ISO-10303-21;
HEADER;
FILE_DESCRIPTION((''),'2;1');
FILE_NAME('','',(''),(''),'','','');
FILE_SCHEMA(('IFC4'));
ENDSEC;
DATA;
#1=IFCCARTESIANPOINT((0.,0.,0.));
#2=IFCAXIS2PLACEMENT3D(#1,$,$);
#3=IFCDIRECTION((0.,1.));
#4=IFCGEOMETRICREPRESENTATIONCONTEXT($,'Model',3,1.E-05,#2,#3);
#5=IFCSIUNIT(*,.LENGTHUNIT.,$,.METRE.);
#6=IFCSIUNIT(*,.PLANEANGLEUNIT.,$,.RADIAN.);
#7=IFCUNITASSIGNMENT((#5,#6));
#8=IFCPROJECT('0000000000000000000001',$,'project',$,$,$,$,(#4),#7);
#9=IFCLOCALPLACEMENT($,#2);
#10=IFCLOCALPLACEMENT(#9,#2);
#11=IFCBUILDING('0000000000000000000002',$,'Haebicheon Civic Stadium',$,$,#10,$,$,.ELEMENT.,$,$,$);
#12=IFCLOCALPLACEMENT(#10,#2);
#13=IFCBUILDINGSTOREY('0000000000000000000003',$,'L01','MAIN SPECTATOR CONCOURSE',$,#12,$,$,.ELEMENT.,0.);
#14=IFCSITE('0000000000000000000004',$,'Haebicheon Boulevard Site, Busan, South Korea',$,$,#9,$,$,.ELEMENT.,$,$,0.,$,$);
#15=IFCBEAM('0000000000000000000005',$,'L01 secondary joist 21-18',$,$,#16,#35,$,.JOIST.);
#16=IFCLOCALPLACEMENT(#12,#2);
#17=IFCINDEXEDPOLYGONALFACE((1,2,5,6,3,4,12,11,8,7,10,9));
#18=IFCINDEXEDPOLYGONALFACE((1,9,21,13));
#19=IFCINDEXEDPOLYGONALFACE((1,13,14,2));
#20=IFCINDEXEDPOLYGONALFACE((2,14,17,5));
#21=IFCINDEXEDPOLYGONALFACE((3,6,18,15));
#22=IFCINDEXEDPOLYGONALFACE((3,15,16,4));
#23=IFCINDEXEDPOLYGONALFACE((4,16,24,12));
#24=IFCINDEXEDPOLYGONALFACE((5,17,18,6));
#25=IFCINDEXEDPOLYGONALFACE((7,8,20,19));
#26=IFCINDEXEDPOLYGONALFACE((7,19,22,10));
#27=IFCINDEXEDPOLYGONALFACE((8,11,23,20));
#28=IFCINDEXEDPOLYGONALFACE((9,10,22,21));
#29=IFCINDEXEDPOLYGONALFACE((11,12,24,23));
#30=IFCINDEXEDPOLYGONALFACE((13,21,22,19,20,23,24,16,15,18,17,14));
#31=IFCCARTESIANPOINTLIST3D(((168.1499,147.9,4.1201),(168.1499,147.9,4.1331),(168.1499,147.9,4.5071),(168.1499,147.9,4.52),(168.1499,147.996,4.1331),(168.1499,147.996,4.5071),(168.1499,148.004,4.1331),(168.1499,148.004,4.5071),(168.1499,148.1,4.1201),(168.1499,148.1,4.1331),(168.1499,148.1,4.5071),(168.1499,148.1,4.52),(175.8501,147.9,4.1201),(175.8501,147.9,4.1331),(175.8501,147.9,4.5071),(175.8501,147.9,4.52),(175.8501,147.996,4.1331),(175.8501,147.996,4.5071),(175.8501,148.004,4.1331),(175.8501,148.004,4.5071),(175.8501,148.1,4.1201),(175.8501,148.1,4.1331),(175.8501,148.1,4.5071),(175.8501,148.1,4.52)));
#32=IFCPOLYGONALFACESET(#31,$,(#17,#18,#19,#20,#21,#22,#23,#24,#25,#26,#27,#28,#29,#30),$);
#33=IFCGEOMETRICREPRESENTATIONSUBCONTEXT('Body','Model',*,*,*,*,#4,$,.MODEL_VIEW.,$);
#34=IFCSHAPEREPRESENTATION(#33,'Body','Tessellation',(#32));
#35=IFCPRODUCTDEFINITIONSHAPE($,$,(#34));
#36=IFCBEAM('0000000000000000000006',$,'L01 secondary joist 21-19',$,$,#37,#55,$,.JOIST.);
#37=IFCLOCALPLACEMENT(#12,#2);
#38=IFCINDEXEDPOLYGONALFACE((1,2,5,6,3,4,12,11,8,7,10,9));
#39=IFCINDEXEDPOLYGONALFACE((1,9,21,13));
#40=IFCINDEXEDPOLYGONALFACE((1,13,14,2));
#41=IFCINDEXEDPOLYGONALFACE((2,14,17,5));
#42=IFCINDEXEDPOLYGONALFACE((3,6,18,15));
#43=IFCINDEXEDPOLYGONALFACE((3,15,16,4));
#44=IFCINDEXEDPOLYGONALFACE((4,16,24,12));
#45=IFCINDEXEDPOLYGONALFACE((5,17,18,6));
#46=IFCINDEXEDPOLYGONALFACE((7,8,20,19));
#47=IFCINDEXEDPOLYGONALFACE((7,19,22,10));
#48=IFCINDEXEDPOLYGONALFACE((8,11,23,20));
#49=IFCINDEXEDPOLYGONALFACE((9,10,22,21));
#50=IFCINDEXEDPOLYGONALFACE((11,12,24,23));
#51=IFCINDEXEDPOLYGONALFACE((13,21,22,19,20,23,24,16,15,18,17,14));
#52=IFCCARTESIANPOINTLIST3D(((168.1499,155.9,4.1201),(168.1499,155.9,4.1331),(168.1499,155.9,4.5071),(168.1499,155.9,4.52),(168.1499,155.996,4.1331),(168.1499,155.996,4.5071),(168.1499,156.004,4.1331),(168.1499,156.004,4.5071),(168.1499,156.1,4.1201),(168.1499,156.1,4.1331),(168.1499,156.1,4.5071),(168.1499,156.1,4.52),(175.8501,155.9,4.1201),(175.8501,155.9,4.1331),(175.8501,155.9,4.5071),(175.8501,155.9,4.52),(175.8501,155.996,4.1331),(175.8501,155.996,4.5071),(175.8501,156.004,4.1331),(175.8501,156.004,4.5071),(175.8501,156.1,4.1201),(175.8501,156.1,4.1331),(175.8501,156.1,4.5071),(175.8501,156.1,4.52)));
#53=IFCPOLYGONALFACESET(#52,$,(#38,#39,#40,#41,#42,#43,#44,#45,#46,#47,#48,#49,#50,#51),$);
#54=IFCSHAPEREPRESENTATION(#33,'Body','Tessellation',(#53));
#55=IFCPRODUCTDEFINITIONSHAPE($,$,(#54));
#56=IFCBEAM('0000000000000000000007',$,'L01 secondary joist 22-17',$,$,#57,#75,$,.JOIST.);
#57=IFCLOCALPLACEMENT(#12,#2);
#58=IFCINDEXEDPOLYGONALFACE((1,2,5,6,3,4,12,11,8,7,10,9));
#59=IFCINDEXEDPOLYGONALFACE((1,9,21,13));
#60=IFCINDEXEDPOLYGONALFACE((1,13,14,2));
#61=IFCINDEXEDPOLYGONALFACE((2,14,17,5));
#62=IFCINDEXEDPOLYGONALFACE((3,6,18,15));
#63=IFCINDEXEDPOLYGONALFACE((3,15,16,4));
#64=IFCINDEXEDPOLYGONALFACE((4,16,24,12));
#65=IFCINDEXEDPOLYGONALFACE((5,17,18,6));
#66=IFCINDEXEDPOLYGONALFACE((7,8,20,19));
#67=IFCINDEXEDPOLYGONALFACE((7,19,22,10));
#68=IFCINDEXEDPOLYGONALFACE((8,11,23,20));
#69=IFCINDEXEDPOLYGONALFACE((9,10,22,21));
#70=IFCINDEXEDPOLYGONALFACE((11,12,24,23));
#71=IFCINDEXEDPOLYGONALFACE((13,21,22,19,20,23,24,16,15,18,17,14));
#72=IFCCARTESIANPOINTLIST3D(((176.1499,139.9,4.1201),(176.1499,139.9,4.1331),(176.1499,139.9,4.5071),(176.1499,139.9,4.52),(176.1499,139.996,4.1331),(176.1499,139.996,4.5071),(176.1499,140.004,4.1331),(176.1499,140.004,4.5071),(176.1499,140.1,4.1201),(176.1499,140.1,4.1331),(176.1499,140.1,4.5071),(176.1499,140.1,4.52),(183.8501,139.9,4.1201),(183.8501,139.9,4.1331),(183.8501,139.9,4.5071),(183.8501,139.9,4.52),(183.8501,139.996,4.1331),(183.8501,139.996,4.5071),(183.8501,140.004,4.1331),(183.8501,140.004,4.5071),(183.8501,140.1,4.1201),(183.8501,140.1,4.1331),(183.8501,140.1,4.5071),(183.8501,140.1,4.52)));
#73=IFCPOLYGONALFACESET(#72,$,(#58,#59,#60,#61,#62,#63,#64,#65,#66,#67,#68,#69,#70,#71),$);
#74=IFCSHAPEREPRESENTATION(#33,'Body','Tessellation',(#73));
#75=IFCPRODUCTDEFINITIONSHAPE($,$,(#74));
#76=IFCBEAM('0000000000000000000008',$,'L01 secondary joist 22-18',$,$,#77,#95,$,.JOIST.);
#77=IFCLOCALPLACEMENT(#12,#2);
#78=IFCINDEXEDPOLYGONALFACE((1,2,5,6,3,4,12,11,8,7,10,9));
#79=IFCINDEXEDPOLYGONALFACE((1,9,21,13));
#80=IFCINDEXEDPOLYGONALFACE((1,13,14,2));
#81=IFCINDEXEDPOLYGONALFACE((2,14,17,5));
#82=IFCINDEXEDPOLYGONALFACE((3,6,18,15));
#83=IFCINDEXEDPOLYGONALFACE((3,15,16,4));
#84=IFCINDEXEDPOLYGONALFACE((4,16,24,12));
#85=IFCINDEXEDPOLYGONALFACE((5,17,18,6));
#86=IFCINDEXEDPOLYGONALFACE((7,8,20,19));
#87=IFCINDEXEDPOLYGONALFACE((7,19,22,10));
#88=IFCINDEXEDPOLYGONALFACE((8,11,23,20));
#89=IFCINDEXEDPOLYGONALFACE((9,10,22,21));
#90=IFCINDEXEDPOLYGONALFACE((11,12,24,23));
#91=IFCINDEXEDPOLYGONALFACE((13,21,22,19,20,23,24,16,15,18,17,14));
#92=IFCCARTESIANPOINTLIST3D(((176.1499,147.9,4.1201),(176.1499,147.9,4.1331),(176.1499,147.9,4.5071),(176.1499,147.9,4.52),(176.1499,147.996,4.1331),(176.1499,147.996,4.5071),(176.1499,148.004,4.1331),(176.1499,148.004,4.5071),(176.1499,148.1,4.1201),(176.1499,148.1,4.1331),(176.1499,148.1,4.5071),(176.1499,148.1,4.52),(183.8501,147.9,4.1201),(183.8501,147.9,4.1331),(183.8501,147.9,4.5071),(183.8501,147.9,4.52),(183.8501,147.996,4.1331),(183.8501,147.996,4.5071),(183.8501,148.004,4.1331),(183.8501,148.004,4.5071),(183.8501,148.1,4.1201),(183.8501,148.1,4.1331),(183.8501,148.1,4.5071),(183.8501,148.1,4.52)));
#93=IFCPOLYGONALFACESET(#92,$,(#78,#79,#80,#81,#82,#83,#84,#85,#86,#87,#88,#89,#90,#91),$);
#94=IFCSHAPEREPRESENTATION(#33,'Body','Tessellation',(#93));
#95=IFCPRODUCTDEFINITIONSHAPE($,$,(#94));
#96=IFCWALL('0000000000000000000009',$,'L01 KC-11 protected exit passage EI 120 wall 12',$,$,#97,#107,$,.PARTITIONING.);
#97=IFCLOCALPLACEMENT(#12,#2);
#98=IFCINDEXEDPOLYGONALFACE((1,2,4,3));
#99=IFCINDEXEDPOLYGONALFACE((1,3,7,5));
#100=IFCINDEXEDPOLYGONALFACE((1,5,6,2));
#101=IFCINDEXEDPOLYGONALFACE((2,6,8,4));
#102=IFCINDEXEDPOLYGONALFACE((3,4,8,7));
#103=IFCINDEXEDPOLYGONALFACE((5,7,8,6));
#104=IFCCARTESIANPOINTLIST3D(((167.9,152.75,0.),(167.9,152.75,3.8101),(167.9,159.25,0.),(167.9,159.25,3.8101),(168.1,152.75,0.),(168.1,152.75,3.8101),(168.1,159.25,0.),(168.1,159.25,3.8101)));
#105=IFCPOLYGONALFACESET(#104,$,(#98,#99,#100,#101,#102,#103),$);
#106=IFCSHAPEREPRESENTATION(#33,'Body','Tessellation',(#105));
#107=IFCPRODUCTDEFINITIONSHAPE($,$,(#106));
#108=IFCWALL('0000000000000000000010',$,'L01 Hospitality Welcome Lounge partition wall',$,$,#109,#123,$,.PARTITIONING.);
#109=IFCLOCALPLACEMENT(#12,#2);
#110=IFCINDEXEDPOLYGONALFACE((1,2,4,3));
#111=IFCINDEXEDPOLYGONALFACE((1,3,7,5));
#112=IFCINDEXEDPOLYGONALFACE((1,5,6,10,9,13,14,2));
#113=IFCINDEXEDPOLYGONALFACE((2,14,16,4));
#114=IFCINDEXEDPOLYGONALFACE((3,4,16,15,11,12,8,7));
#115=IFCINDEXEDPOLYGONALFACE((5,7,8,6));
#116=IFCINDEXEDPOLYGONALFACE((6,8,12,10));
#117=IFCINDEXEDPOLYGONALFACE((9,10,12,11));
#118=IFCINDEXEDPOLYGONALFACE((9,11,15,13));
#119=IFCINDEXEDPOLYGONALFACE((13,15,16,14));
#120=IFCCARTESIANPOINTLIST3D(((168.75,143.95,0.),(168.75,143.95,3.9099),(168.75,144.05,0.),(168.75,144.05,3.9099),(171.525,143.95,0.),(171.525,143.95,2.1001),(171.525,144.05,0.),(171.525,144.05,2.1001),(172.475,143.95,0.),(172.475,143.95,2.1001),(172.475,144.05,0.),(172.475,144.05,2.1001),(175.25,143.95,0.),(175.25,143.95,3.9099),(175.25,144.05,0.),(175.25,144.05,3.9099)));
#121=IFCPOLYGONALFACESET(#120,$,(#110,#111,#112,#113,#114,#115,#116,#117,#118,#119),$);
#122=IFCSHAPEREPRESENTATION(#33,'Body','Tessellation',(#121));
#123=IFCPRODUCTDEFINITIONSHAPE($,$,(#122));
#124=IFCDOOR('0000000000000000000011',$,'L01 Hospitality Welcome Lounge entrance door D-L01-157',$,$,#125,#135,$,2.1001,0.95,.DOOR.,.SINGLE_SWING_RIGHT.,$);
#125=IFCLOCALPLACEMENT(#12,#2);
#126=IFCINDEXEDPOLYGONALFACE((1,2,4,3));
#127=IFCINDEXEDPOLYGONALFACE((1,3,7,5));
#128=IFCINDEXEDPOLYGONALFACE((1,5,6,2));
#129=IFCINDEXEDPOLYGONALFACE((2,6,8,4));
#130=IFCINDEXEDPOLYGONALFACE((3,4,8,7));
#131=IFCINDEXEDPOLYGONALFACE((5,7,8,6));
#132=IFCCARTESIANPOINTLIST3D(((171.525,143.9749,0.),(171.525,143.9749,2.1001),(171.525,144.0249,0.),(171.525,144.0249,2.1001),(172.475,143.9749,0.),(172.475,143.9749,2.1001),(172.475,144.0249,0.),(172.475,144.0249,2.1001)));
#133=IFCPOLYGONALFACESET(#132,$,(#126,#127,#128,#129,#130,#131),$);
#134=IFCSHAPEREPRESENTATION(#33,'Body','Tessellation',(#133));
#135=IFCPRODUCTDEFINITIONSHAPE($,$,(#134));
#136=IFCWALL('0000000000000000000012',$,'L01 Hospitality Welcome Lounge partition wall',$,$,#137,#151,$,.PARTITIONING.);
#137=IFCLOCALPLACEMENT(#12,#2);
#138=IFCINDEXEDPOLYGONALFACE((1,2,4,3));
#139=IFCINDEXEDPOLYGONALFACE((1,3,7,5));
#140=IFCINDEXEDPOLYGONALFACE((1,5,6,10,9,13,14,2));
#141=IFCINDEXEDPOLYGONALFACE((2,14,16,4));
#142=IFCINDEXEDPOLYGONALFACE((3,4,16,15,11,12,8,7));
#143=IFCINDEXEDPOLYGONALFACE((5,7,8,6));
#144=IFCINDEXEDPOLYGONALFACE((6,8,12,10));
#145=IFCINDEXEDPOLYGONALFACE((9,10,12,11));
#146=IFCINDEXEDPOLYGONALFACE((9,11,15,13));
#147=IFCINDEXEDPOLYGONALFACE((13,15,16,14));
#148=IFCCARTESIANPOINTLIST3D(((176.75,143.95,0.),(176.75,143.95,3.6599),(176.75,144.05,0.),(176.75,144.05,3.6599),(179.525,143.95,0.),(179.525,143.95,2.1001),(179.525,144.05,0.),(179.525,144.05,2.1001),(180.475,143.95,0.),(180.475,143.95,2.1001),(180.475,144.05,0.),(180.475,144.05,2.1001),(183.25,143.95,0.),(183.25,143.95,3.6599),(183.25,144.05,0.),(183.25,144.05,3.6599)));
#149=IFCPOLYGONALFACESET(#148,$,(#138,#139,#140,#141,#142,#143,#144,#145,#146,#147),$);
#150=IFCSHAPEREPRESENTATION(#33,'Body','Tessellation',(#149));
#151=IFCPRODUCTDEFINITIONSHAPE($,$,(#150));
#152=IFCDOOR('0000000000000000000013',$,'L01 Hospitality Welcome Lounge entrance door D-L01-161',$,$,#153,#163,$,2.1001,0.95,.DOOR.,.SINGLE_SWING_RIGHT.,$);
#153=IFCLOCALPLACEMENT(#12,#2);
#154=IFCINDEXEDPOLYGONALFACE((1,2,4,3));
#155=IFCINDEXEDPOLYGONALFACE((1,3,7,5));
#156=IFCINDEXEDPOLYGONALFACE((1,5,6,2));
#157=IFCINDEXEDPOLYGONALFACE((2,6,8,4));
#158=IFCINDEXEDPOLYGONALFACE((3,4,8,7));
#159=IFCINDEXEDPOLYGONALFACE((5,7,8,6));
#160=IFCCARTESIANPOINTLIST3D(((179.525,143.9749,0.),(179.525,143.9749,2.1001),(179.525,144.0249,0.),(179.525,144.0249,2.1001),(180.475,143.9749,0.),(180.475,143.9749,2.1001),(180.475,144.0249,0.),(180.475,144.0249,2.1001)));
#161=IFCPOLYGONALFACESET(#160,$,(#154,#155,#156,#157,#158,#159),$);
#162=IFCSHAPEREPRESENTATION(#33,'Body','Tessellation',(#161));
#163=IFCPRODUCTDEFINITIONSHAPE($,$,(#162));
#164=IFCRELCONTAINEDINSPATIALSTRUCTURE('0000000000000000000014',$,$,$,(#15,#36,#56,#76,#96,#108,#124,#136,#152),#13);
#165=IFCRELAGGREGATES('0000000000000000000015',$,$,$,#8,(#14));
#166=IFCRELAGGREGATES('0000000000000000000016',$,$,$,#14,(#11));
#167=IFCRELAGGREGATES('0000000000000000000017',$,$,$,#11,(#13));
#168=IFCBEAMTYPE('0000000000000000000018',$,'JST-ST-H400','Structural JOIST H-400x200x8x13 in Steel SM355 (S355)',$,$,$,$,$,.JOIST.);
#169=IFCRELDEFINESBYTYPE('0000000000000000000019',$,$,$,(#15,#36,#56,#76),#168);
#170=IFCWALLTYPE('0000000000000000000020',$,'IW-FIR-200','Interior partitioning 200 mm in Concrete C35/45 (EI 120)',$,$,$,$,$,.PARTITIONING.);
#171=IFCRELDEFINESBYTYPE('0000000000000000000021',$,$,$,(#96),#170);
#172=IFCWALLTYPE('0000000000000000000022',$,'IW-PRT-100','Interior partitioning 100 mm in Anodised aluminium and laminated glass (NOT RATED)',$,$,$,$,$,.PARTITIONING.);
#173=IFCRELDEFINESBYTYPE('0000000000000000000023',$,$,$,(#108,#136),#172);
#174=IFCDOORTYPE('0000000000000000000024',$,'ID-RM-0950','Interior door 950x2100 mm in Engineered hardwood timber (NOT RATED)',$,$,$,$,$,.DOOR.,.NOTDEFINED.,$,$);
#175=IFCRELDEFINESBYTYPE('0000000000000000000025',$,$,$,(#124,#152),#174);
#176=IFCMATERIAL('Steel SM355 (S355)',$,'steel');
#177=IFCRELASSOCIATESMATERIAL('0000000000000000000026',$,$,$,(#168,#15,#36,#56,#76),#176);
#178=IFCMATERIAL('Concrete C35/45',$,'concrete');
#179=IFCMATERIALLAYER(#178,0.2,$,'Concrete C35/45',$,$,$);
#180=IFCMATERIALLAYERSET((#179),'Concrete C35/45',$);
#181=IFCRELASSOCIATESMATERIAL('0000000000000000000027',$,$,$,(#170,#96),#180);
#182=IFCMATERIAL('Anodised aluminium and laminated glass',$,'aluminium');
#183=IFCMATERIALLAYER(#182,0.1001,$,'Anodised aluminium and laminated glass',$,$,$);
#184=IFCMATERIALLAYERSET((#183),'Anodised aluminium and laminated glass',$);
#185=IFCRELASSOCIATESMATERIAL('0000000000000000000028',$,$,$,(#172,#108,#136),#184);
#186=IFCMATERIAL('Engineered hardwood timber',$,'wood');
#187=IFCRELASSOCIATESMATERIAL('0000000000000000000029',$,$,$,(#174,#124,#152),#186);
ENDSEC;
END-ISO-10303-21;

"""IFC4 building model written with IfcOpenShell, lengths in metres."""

from ifc_helpers import new_model, si_unit, direction, frame, frame_2d, origin, origin_2d, place, context, subcontext, project, spatial, rectangle, i_section, extrude, material, layer, layer_set, material_profile, profile_set, type_object, element, fill, save


model = new_model("IFC4")

# Units and contexts
model_context = context("Model", 3, precision=1e-05, world=origin(), true_north=direction((0.0, 1.0)))
body_context = subcontext(model_context, "Body", "Model", "MODEL_VIEW")
ifc_project = project(units=[si_unit("LENGTHUNIT", "METRE"), si_unit("PLANEANGLEUNIT", "RADIAN")], contexts=[model_context])

# Site, building, storey
site_placement = place(None, origin())
site = spatial("IfcSite", under=ifc_project, at=site_placement, Name="Haebicheon Boulevard Site, Busan, South Korea", CompositionType="ELEMENT", RefElevation=0.0)
building_placement = place(site_placement, origin())
building = spatial("IfcBuilding", under=site, at=building_placement, Name="Haebicheon Civic Stadium", CompositionType="ELEMENT")
storey_placement = place(building_placement, origin())
storey = spatial("IfcBuildingStorey", under=building, at=storey_placement, Name="L01", Description="MAIN SPECTATOR CONCOURSE", CompositionType="ELEMENT", Elevation=0.0)

# Beams
ifc_material_1 = material(Name="Steel SM355 (S355)", Category="steel")
ifc_material_profile_1 = material_profile(ifc_material_1, i_section(OverallWidth=0.2, OverallDepth=0.3999, WebThickness=0.0081, FlangeThickness=0.0129, at=origin_2d()), Name="H-400x200x8x13")
ifc_profile_set_1 = profile_set([ifc_material_profile_1], Name="Steel SM355 (S355)")
beam_type_1 = type_object("IfcBeamType", Name="JST-ST-H400", Description="Structural JOIST H-400x200x8x13 in Steel SM355 (S355)", PredefinedType="JOIST", material=ifc_profile_set_1)
for number, where, z_axis, x_axis, name in (
    (1, (168.1499, 148.0, 4.3201), (1.0, 0.0, 0.0), (0.0, 1.0, 0.0), "L01 secondary joist 21-18"),
    (2, (168.1499, 156.0, 4.3201), (1.0, 0.0, 0.0), (0.0, 1.0, 0.0), "L01 secondary joist 21-19"),
    (3, (176.1499, 140.0, 4.3201), (1.0, 0.0, 0.0), (0.0, 1.0, 0.0), "L01 secondary joist 22-17"),
    (4, (176.1499, 148.0, 4.3201), (1.0, 0.0, 0.0), (0.0, 1.0, 0.0), "L01 secondary joist 22-18"),
):
    element("IfcBeam", number, at=place(storey_placement, frame(where, z_axis=z_axis, x_axis=x_axis)), inside=storey, type_object=beam_type_1, material=ifc_profile_set_1, Name=name, PredefinedType="JOIST", context=body_context, shape_type="SweptSolid", body=[
        extrude(i_section(OverallWidth=0.2, OverallDepth=0.3999, WebThickness=0.0081, FlangeThickness=0.0129, at=origin_2d()), origin(), (0.0, 0.0, 1.0), 7.7002),
    ])

# Wall
ifc_material_2 = material(Name="Concrete C35/45", Category="concrete")
ifc_layer_1 = layer(ifc_material_2, 0.2, Name="Concrete C35/45")
ifc_layer_set_1 = layer_set([ifc_layer_1], Name="Concrete C35/45")
wall_type_1 = type_object("IfcWallType", Name="IW-FIR-200", Description="Interior partitioning 200 mm in Concrete C35/45 (EI 120)", PredefinedType="PARTITIONING", material=ifc_layer_set_1)
wall_1_placement = place(storey_placement, frame((168.0, 152.75, 0.0), z_axis=(0.0, 0.0, 1.0), x_axis=(0.0, 1.0, 0.0)))
element("IfcWall", 5, at=wall_1_placement, inside=storey, type_object=wall_type_1, material=ifc_layer_set_1, Name="L01 KC-11 protected exit passage EI 120 wall 12", PredefinedType="PARTITIONING", context=body_context, shape_type="SweptSolid", body=[
    extrude(rectangle(XDim=6.5, YDim=0.2, at=frame_2d((3.25, 0.0))), origin(), (0.0, 0.0, 1.0), 3.8101),
])

# Walls, openings, doors
ifc_material_3 = material(Name="Anodised aluminium and laminated glass", Category="aluminium")
ifc_layer_2 = layer(ifc_material_3, 0.1001, Name="Anodised aluminium and laminated glass")
ifc_layer_set_2 = layer_set([ifc_layer_2], Name="Anodised aluminium and laminated glass")
wall_type_2 = type_object("IfcWallType", Name="IW-PRT-100", Description="Interior partitioning 100 mm in Anodised aluminium and laminated glass (NOT RATED)", PredefinedType="PARTITIONING", material=ifc_layer_set_2)
wall_2_placement = place(storey_placement, frame((168.75, 144.0, 0.0), z_axis=(0.0, 0.0, 1.0), x_axis=(1.0, 0.0, 0.0)))
wall_2 = element("IfcWall", 6, at=wall_2_placement, inside=storey, type_object=wall_type_2, material=ifc_layer_set_2, Name="L01 Hospitality Welcome Lounge partition wall", PredefinedType="PARTITIONING", context=body_context, shape_type="SweptSolid", body=[
    extrude(rectangle(XDim=6.5, YDim=0.1001, at=frame_2d((3.25, 0.0))), origin(), (0.0, 0.0, 1.0), 3.9099),
])
opening_1_placement = place(wall_2_placement, frame((2.7749, 0.0, 0.0)))
opening_1 = element("IfcOpeningElement", 7, at=opening_1_placement, cuts=wall_2, PredefinedType="OPENING", context=body_context, shape_type="SweptSolid", body=[
    extrude(rectangle(XDim=0.95, YDim=2.1001, at=frame_2d((0.4751, 1.05))), frame((0.0, 0.0601, 0.0), z_axis=(0.0, -1.0, 0.0), x_axis=(1.0, 0.0, 0.0)), (0.0, 0.0, 1.0), 0.1201),
])
ifc_material_4 = material(Name="Engineered hardwood timber", Category="wood")
door_type = type_object("IfcDoorType", Name="ID-RM-0950", Description="Interior door 950x2100 mm in Engineered hardwood timber (NOT RATED)", OperationType="NOTDEFINED", PredefinedType="DOOR", material=ifc_material_4)
door_1_placement = place(opening_1_placement, origin())
door_1 = element("IfcDoor", 8, at=door_1_placement, inside=storey, type_object=door_type, material=ifc_material_4, Name="L01 Hospitality Welcome Lounge entrance door D-L01-157", OperationType="SINGLE_SWING_RIGHT", OverallHeight=2.1001, OverallWidth=0.95, PredefinedType="DOOR", context=body_context, shape_type="SweptSolid", body=[
    extrude(rectangle(XDim=0.95, YDim=2.1001, at=frame_2d((0.4751, 1.05))), frame((0.0, 0.0249, 0.0), z_axis=(0.0, -1.0, 0.0), x_axis=(1.0, 0.0, 0.0)), (0.0, 0.0, 1.0), 0.05),
])
fill(opening_1, door_1)
wall_3_placement = place(storey_placement, frame((176.75, 144.0, 0.0), z_axis=(0.0, 0.0, 1.0), x_axis=(1.0, 0.0, 0.0)))
wall_3 = element("IfcWall", 9, at=wall_3_placement, inside=storey, type_object=wall_type_2, material=ifc_layer_set_2, Name="L01 Hospitality Welcome Lounge partition wall", PredefinedType="PARTITIONING", context=body_context, shape_type="SweptSolid", body=[
    extrude(rectangle(XDim=6.5, YDim=0.1001, at=frame_2d((3.25, 0.0))), origin(), (0.0, 0.0, 1.0), 3.6599),
])
opening_2_placement = place(wall_3_placement, frame((2.7749, 0.0, 0.0)))
opening_2 = element("IfcOpeningElement", 10, at=opening_2_placement, cuts=wall_3, PredefinedType="OPENING", context=body_context, shape_type="SweptSolid", body=[
    extrude(rectangle(XDim=0.95, YDim=2.1001, at=frame_2d((0.4751, 1.05))), frame((0.0, 0.0601, 0.0), z_axis=(0.0, -1.0, 0.0), x_axis=(1.0, 0.0, 0.0)), (0.0, 0.0, 1.0), 0.1201),
])
door_2_placement = place(opening_2_placement, origin())
door_2 = element("IfcDoor", 11, at=door_2_placement, inside=storey, type_object=door_type, material=ifc_material_4, Name="L01 Hospitality Welcome Lounge entrance door D-L01-161", OperationType="SINGLE_SWING_RIGHT", OverallHeight=2.1001, OverallWidth=0.95, PredefinedType="DOOR", context=body_context, shape_type="SweptSolid", body=[
    extrude(rectangle(XDim=0.95, YDim=2.1001, at=frame_2d((0.4751, 1.05))), frame((0.0, 0.0249, 0.0), z_axis=(0.0, -1.0, 0.0), x_axis=(1.0, 0.0, 0.0)), (0.0, 0.0, 1.0), 0.05),
])
fill(opening_2, door_2)

save(model, "model.ifc")
